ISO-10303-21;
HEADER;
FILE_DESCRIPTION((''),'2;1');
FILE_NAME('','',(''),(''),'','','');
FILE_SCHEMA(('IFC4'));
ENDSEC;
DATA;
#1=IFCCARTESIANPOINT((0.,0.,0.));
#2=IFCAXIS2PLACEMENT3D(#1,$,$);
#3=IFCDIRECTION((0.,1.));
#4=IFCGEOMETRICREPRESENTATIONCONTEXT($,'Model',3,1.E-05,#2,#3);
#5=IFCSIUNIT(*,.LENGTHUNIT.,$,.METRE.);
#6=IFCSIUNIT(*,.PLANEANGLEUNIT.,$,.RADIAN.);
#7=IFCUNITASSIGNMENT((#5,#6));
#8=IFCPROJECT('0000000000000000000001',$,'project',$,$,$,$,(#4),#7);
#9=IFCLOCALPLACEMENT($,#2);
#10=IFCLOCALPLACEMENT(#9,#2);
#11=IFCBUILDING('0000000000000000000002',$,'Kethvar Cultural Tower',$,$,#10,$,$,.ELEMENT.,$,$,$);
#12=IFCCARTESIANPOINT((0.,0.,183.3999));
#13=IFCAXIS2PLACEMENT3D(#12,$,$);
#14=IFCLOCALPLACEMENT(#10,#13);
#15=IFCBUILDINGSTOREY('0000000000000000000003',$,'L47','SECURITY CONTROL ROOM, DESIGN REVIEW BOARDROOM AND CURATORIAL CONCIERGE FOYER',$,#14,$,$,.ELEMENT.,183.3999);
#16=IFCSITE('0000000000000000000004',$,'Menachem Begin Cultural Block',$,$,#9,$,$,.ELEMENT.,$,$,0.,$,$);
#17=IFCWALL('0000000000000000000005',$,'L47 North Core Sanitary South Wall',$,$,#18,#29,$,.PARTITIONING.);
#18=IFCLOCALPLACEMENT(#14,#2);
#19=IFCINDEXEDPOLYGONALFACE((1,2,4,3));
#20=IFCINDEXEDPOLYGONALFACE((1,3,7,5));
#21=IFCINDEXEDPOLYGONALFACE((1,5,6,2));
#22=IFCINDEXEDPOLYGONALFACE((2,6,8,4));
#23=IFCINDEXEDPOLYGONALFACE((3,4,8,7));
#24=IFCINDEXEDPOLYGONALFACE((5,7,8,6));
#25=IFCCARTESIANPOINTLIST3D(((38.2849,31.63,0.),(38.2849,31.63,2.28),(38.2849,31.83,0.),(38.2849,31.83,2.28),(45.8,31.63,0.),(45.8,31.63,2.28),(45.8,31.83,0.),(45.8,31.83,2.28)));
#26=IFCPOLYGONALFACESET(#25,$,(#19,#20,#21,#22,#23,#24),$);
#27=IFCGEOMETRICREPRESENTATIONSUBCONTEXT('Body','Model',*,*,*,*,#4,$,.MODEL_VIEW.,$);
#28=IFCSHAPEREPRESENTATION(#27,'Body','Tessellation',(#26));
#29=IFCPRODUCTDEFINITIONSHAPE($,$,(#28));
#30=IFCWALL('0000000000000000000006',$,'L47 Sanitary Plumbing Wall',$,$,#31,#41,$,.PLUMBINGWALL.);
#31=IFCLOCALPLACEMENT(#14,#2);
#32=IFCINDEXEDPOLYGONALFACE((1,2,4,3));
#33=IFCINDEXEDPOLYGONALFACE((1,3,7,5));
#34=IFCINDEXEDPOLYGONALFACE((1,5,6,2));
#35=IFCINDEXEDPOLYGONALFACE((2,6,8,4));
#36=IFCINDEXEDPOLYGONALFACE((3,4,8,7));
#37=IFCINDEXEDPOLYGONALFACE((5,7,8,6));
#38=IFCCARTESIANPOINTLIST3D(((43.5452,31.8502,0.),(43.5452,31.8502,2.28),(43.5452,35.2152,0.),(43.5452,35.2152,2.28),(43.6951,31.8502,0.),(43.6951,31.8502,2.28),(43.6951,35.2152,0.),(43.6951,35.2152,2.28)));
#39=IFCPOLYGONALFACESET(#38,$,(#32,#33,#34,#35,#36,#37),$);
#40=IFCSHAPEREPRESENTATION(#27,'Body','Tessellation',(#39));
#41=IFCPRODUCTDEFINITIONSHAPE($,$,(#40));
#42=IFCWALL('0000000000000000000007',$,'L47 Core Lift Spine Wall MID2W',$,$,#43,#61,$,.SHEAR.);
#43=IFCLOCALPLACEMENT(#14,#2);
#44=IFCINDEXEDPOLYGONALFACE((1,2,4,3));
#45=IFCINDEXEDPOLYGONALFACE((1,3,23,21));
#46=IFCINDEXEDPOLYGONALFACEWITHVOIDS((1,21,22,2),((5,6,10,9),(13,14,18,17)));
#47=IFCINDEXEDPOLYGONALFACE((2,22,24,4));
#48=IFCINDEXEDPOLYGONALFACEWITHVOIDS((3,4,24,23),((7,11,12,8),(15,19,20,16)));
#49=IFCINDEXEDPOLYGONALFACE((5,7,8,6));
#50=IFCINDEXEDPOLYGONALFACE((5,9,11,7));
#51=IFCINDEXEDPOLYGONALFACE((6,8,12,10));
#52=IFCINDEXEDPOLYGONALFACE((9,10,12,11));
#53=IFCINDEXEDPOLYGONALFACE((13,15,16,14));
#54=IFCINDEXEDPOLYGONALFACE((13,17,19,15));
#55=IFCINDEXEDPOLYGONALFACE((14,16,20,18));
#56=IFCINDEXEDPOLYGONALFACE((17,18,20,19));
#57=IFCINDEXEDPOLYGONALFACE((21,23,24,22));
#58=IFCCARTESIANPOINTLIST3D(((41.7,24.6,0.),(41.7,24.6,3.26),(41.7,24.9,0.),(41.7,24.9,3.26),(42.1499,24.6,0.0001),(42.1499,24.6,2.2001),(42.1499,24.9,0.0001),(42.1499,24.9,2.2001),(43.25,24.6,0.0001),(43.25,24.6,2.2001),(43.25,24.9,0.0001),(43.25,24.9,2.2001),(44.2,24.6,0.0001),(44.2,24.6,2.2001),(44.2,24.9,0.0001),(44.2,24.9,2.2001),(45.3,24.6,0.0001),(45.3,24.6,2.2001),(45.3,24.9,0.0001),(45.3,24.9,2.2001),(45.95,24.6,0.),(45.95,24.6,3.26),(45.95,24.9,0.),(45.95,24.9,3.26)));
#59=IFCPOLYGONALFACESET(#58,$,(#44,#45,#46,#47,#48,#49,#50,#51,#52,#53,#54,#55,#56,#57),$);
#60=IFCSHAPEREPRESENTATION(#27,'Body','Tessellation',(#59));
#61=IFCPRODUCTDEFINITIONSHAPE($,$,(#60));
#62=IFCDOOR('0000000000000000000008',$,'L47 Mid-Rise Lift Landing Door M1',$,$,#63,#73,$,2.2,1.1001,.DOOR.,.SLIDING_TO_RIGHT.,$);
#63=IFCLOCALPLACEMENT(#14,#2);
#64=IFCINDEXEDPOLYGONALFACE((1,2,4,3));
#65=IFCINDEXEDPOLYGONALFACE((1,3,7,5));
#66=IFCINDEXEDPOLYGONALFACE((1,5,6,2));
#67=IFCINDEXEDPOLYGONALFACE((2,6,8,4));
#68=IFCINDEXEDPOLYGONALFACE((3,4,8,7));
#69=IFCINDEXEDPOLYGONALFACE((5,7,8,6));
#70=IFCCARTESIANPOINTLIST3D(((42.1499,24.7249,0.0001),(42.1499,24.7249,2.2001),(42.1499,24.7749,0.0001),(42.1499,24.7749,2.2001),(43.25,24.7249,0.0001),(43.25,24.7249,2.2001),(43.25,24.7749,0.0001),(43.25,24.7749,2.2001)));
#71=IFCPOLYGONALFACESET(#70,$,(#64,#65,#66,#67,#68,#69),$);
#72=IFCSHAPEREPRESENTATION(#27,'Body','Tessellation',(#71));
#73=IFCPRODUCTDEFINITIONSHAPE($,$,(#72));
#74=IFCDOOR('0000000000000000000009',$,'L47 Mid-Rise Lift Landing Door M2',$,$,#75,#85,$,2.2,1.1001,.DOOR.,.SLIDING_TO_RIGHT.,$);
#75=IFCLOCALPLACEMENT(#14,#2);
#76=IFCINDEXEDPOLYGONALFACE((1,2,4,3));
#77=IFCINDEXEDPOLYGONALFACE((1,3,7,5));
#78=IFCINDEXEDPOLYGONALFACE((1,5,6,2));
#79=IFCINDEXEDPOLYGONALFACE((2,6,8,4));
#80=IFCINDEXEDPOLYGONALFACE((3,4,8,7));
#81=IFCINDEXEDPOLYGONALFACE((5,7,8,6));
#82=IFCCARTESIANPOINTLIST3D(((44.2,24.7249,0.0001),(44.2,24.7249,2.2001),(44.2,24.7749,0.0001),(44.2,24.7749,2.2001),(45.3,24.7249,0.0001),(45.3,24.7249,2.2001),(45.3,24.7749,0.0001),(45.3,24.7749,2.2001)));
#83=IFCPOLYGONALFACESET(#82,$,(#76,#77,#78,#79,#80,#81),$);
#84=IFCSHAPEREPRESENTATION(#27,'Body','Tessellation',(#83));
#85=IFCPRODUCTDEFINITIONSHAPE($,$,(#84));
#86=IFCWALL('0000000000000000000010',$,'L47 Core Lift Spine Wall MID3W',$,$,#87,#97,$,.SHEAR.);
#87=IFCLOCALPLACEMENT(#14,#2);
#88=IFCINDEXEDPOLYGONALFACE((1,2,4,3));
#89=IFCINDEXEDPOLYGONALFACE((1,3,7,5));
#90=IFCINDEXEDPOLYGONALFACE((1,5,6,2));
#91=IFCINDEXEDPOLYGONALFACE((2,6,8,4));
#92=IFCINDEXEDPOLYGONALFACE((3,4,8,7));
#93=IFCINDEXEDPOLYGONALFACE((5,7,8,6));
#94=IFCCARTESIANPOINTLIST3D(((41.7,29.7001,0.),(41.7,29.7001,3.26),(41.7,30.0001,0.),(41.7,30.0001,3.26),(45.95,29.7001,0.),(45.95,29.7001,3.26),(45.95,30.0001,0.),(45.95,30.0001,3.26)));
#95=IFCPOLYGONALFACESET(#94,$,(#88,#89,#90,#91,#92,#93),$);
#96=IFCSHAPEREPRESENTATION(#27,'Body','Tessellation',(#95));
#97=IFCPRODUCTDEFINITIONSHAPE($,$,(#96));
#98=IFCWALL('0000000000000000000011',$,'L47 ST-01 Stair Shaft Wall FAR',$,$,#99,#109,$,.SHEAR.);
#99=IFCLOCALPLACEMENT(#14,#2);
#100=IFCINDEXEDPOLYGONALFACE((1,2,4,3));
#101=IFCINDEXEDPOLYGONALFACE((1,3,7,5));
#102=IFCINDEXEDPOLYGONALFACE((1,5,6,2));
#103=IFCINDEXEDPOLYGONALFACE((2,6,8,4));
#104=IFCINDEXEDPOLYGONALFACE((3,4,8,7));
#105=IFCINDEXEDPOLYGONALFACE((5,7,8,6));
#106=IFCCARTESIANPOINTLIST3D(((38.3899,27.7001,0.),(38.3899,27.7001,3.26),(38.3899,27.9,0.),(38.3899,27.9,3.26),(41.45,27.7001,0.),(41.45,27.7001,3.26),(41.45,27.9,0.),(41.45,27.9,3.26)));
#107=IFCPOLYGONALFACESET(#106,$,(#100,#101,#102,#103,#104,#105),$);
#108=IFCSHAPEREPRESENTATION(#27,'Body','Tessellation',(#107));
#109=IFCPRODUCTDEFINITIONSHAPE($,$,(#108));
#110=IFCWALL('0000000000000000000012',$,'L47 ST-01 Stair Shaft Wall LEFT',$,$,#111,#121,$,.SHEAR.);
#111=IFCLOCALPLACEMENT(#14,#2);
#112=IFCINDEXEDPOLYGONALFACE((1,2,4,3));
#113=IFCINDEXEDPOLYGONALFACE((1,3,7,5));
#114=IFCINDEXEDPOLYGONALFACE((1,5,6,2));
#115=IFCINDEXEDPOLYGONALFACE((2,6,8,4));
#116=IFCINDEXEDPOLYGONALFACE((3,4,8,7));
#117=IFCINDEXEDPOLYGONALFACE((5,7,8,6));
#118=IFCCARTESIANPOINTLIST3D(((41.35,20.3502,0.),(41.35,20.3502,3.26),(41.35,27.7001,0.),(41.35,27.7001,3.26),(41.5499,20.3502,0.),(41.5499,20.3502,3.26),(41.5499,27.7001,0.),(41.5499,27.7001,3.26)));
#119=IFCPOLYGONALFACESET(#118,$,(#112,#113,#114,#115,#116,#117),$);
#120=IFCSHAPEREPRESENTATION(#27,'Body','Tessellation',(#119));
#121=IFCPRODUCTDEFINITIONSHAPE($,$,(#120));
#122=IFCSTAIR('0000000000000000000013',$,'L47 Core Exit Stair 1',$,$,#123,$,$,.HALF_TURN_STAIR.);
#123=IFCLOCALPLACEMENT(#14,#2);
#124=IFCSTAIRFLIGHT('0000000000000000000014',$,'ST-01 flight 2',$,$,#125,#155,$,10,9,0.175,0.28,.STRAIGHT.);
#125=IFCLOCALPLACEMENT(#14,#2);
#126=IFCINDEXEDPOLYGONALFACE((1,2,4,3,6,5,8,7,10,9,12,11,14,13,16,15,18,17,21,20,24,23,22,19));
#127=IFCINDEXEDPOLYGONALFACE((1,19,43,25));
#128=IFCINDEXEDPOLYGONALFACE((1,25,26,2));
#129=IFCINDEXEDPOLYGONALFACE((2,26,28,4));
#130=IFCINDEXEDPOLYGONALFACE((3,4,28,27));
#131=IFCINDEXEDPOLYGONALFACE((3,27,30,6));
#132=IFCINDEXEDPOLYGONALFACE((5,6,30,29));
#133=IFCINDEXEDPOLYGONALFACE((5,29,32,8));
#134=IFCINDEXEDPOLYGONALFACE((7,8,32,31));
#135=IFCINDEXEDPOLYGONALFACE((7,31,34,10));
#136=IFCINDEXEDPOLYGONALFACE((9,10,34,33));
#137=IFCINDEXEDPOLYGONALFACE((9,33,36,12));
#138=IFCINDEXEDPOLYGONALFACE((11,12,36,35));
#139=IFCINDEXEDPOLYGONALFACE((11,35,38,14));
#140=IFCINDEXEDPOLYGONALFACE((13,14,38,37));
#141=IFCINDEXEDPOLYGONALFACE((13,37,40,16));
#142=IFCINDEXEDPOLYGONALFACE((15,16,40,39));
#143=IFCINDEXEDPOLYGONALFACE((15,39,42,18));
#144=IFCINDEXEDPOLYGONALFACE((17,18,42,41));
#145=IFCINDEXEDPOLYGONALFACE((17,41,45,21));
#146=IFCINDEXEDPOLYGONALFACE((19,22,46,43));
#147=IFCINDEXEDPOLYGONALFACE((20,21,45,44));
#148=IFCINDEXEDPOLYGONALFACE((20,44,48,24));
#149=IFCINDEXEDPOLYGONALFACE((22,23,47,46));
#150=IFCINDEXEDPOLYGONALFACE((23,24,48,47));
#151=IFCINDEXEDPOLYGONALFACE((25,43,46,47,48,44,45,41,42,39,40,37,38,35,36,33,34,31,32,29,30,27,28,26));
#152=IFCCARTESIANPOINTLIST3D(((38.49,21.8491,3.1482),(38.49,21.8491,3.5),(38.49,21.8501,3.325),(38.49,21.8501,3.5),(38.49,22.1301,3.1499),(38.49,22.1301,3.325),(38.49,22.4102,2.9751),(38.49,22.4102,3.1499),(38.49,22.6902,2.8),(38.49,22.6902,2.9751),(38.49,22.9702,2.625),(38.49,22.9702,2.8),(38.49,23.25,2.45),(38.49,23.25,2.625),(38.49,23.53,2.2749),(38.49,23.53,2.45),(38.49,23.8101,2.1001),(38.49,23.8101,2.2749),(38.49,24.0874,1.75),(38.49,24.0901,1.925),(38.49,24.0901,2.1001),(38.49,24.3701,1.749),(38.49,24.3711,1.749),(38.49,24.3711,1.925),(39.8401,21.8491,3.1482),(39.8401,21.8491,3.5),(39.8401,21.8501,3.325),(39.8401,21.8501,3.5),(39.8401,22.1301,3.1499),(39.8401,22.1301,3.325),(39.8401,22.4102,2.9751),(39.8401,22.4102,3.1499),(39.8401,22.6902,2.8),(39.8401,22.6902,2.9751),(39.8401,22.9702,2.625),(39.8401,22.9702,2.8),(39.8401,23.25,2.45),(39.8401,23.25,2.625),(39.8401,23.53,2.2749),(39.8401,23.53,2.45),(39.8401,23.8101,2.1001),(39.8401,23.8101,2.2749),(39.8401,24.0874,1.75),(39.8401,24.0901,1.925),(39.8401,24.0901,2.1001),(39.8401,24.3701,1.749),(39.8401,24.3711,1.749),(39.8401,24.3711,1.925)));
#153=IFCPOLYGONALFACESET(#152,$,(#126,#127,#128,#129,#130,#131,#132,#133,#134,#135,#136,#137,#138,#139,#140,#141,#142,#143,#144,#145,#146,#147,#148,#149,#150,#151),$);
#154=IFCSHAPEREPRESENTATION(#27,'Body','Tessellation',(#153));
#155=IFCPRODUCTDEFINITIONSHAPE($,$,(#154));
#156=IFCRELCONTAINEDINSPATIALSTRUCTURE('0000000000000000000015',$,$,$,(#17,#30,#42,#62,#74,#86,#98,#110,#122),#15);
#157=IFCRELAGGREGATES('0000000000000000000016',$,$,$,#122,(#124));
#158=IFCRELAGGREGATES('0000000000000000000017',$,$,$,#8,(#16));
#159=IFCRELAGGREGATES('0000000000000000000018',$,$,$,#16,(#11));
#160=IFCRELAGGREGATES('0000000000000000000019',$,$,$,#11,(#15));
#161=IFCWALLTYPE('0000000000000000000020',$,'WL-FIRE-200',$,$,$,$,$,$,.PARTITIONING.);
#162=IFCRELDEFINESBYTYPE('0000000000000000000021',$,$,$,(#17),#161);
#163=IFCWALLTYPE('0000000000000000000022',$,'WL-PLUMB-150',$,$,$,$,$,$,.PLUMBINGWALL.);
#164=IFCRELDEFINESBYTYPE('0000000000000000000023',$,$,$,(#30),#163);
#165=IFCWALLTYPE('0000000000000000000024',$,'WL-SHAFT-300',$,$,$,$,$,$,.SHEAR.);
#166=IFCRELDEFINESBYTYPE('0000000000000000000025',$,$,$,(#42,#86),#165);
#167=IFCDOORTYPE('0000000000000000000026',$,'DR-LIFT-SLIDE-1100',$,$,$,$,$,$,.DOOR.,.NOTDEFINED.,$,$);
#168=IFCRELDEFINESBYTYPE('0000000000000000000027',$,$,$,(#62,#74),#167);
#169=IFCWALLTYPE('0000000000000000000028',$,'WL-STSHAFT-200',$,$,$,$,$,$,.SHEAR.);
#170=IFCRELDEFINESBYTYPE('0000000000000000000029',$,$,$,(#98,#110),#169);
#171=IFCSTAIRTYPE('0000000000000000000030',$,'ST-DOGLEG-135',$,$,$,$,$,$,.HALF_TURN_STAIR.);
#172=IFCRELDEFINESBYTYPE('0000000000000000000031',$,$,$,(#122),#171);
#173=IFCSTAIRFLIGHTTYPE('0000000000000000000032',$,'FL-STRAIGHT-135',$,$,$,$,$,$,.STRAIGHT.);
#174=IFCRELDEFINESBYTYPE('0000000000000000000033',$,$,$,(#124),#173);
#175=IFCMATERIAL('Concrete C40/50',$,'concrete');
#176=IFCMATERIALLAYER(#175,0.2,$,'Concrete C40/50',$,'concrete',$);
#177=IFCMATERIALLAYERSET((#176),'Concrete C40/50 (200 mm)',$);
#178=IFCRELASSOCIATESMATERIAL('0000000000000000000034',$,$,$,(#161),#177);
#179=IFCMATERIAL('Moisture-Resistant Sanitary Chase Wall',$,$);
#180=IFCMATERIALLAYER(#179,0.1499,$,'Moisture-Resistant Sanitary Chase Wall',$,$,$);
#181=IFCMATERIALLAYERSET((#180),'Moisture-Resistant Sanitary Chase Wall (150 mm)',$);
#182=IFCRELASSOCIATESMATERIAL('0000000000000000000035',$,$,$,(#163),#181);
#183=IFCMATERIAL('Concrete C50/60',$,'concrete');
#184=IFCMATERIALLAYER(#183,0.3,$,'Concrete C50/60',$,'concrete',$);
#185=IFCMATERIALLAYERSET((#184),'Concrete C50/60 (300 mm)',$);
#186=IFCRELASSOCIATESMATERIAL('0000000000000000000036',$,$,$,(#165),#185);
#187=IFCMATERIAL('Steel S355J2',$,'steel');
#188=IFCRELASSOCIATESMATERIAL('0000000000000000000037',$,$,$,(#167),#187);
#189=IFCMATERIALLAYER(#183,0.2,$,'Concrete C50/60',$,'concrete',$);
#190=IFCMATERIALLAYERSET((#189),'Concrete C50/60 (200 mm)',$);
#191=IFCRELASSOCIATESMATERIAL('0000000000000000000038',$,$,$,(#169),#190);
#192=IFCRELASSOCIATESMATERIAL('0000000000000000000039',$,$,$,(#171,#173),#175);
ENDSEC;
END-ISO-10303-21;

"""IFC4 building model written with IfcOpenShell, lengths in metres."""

from ifc_helpers import new_model, si_unit, direction, frame, frame_2d, origin, place, context, subcontext, project, spatial, polyline, rectangle, outline, extrude, source, transform, mapped, material, layer, layer_set, type_object, element, fill, aggregate, save


model = new_model("IFC4")

# Units and contexts
model_context = context("Model", 3, precision=1e-05, world=origin(), true_north=direction((0.0, 1.0)))
body_context = subcontext(model_context, "Body", "Model", "MODEL_VIEW")
ifc_project = project(units=[si_unit("LENGTHUNIT", "METRE"), si_unit("PLANEANGLEUNIT", "RADIAN")], contexts=[model_context])

# Site, building, storey
site_placement = place(None, origin())
site = spatial("IfcSite", under=ifc_project, at=site_placement, Name="Menachem Begin Cultural Block", CompositionType="ELEMENT", RefElevation=0.0)
building_placement = place(site_placement, origin())
building = spatial("IfcBuilding", under=site, at=building_placement, Name="Kethvar Cultural Tower", CompositionType="ELEMENT")
storey_placement = place(building_placement, frame((0.0, 0.0, 183.3999)))
storey = spatial("IfcBuildingStorey", under=building, at=storey_placement, Name="L47", Description="SECURITY CONTROL ROOM, DESIGN REVIEW BOARDROOM AND CURATORIAL CONCIERGE FOYER", CompositionType="ELEMENT", Elevation=183.3999)

# Shared definitions
ifc_material_1 = material(Name="Steel S355J2", Category="steel")

# Walls
ifc_material_2 = material(Name="Concrete C40/50", Category="concrete")
ifc_layer_1 = layer(ifc_material_2, 0.2, Name="Concrete C40/50", Category="concrete")
ifc_layer_set_1 = layer_set([ifc_layer_1], Name="Concrete C40/50 (200 mm)")
wall_type_1 = type_object("IfcWallType", Name="WL-FIRE-200", PredefinedType="PARTITIONING", material=ifc_layer_set_1)
wall_1_placement = place(storey_placement, frame((38.2849, 31.73, 0.0), z_axis=(0.0, 0.0, 1.0), x_axis=(1.0, 0.0, 0.0)))
element("IfcWall", 1, at=wall_1_placement, inside=storey, type_object=wall_type_1, Name="L47 North Core Sanitary South Wall", PredefinedType="PARTITIONING", context=body_context, shape_type="SweptSolid", body=[
    extrude(rectangle(XDim=7.5151, YDim=0.2, at=frame_2d((3.7576, 0.0))), origin(), (0.0, 0.0, 1.0), 2.28),
])
ifc_material_3 = material(Name="Moisture-Resistant Sanitary Chase Wall")
ifc_layer_2 = layer(ifc_material_3, 0.1499, Name="Moisture-Resistant Sanitary Chase Wall")
ifc_layer_set_2 = layer_set([ifc_layer_2], Name="Moisture-Resistant Sanitary Chase Wall (150 mm)")
wall_type_2 = type_object("IfcWallType", Name="WL-PLUMB-150", PredefinedType="PLUMBINGWALL", material=ifc_layer_set_2)
wall_2_placement = place(storey_placement, frame((43.6201, 31.8501, 0.0), z_axis=(0.0, 0.0, 1.0), x_axis=(0.0, 1.0, 0.0)))
element("IfcWall", 2, at=wall_2_placement, inside=storey, type_object=wall_type_2, Name="L47 Sanitary Plumbing Wall", PredefinedType="PLUMBINGWALL", context=body_context, shape_type="SweptSolid", body=[
    extrude(rectangle(XDim=3.365, YDim=0.1499, at=frame_2d((1.6826, 0.0))), origin(), (0.0, 0.0, 1.0), 2.28),
])

# Wall, openings, doors
ifc_material_4 = material(Name="Concrete C50/60", Category="concrete")
ifc_layer_3 = layer(ifc_material_4, 0.3, Name="Concrete C50/60", Category="concrete")
ifc_layer_set_3 = layer_set([ifc_layer_3], Name="Concrete C50/60 (300 mm)")
wall_type_3 = type_object("IfcWallType", Name="WL-SHAFT-300", PredefinedType="SHEAR", material=ifc_layer_set_3)
wall_3_placement = place(storey_placement, frame((41.7, 24.75, 0.0), z_axis=(0.0, 0.0, 1.0), x_axis=(1.0, 0.0, 0.0)))
wall_3 = element("IfcWall", 3, at=wall_3_placement, inside=storey, type_object=wall_type_3, Name="L47 Core Lift Spine Wall MID2W", PredefinedType="SHEAR", context=body_context, shape_type="SweptSolid", body=[
    extrude(rectangle(XDim=4.25, YDim=0.3, at=frame_2d((2.125, 0.0))), origin(), (0.0, 0.0, 1.0), 3.26),
])
opening_1_placement = place(wall_3_placement, frame((0.45, 0.0, 0.0)))
opening_1 = element("IfcOpeningElement", 4, at=opening_1_placement, cuts=wall_3, PredefinedType="OPENING", context=body_context, shape_type="SweptSolid", body=[
    extrude(rectangle(XDim=1.1001, YDim=2.2, at=frame_2d((0.55, 1.1001))), frame((0.0, 0.1599, 0.0), z_axis=(0.0, -1.0, 0.0), x_axis=(1.0, 0.0, 0.0)), (0.0, 0.0, 1.0), 0.3201),
])
opening_2_placement = place(wall_3_placement, frame((2.5, 0.0, 0.0)))
opening_2 = element("IfcOpeningElement", 5, at=opening_2_placement, cuts=wall_3, PredefinedType="OPENING", context=body_context, shape_type="SweptSolid", body=[
    extrude(rectangle(XDim=1.1001, YDim=2.2, at=frame_2d((0.55, 1.1001))), frame((0.0, 0.1599, 0.0), z_axis=(0.0, -1.0, 0.0), x_axis=(1.0, 0.0, 0.0)), (0.0, 0.0, 1.0), 0.3201),
])
door_type = type_object("IfcDoorType", Name="DR-LIFT-SLIDE-1100", OperationType="NOTDEFINED", PredefinedType="DOOR", material=ifc_material_1)
shared_shape_1 = source(origin(), body_context, "Body", "SweptSolid", [
    extrude(rectangle(XDim=1.1001, YDim=2.2, at=frame_2d((0.55, 1.1001))), frame((0.0, 0.0249, 0.0), z_axis=(0.0, -1.0, 0.0), x_axis=(1.0, 0.0, 0.0)), (0.0, 0.0, 1.0), 0.05),
])
door_1_placement = place(opening_1_placement, origin())
door_1 = element("IfcDoor", 6, at=door_1_placement, inside=storey, type_object=door_type, Name="L47 Mid-Rise Lift Landing Door M1", OperationType="SLIDING_TO_RIGHT", OverallHeight=2.2, OverallWidth=1.1001, PredefinedType="DOOR", context=body_context, shape_type="MappedRepresentation", body=[
    mapped(shared_shape_1, transform((0.0, 0.0, 0.0), scale=1.0)),
])
fill(opening_1, door_1)
door_2_placement = place(opening_2_placement, origin())
door_2 = element("IfcDoor", 7, at=door_2_placement, inside=storey, type_object=door_type, Name="L47 Mid-Rise Lift Landing Door M2", OperationType="SLIDING_TO_RIGHT", OverallHeight=2.2, OverallWidth=1.1001, PredefinedType="DOOR", context=body_context, shape_type="MappedRepresentation", body=[
    mapped(shared_shape_1, transform((0.0, 0.0, 0.0), scale=1.0)),
])
fill(opening_2, door_2)

# Walls
wall_4_placement = place(storey_placement, frame((41.7, 29.8501, 0.0), z_axis=(0.0, 0.0, 1.0), x_axis=(1.0, 0.0, 0.0)))
element("IfcWall", 8, at=wall_4_placement, inside=storey, type_object=wall_type_3, Name="L47 Core Lift Spine Wall MID3W", PredefinedType="SHEAR", context=body_context, shape_type="SweptSolid", body=[
    extrude(rectangle(XDim=4.25, YDim=0.3, at=frame_2d((2.125, 0.0))), origin(), (0.0, 0.0, 1.0), 3.26),
])
ifc_layer_4 = layer(ifc_material_4, 0.2, Name="Concrete C50/60", Category="concrete")
ifc_layer_set_4 = layer_set([ifc_layer_4], Name="Concrete C50/60 (200 mm)")
wall_type_4 = type_object("IfcWallType", Name="WL-STSHAFT-200", PredefinedType="SHEAR", material=ifc_layer_set_4)
wall_5_placement = place(storey_placement, frame((38.3899, 27.8, 0.0), z_axis=(0.0, 0.0, 1.0), x_axis=(1.0, 0.0, 0.0)))
element("IfcWall", 9, at=wall_5_placement, inside=storey, type_object=wall_type_4, Name="L47 ST-01 Stair Shaft Wall FAR", PredefinedType="SHEAR", context=body_context, shape_type="SweptSolid", body=[
    extrude(rectangle(XDim=3.0601, YDim=0.2, at=frame_2d((1.53, 0.0))), origin(), (0.0, 0.0, 1.0), 3.26),
])
wall_6_placement = place(storey_placement, frame((41.45, 27.7, 0.0), z_axis=(0.0, 0.0, 1.0), x_axis=(0.0, -1.0, 0.0)))
element("IfcWall", 10, at=wall_6_placement, inside=storey, type_object=wall_type_4, Name="L47 ST-01 Stair Shaft Wall LEFT", PredefinedType="SHEAR", context=body_context, shape_type="SweptSolid", body=[
    extrude(rectangle(XDim=7.3499, YDim=0.2, at=frame_2d((3.6748, 0.0))), origin(), (0.0, 0.0, 1.0), 3.26),
])

# Stair, stair flight
stair_type = type_object("IfcStairType", Name="ST-DOGLEG-135", PredefinedType="HALF_TURN_STAIR", material=ifc_material_2)
stair_placement = place(storey_placement, origin())
stair = element("IfcStair", 11, at=stair_placement, inside=storey, type_object=stair_type, Name="L47 Core Exit Stair 1", PredefinedType="HALF_TURN_STAIR")
stair_flight_type = type_object("IfcStairFlightType", Name="FL-STRAIGHT-135", PredefinedType="STRAIGHT", material=ifc_material_2)
stair_flight_placement = place(storey_placement, frame((39.165, 24.3701, 1.75), z_axis=(0.0, 0.0, 1.0), x_axis=(0.0, -1.0, 0.0)))
stair_flight = element("IfcStairFlight", 12, at=stair_flight_placement, type_object=stair_flight_type, Name="ST-01 flight 2", NumberOfRisers=10, NumberOfTreads=9, PredefinedType="STRAIGHT", RiserHeight=0.175, TreadLength=0.28, context=body_context, shape_type="SweptSolid", body=[
    extrude(outline(polyline([(-0.001, -0.001), (-0.001, 0.175), (0.28, 0.175), (0.28, 0.3501), (0.5601, 0.3501), (0.5601, 0.5249), (0.8401, 0.5249), (0.8401, 0.7), (1.1201, 0.7), (1.1201, 0.875), (1.3999, 0.875), (1.3999, 1.05), (1.6799, 1.05), (1.6799, 1.2251), (1.96, 1.2251), (1.96, 1.3999), (2.24, 1.3999), (2.24, 1.575), (2.52, 1.575), (2.52, 1.75), (2.521, 1.75), (2.521, 1.3982), (0.2827, 0.0), (0.0, -0.001), (-0.001, -0.001)])), frame((0.0, 0.675, 0.0), z_axis=(0.0, -1.0, 0.0), x_axis=(1.0, 0.0, 0.0)), (0.0, 0.0, 1.0), 1.3501),
])
aggregate(stair, [stair_flight])

save(model, "model.ifc")
